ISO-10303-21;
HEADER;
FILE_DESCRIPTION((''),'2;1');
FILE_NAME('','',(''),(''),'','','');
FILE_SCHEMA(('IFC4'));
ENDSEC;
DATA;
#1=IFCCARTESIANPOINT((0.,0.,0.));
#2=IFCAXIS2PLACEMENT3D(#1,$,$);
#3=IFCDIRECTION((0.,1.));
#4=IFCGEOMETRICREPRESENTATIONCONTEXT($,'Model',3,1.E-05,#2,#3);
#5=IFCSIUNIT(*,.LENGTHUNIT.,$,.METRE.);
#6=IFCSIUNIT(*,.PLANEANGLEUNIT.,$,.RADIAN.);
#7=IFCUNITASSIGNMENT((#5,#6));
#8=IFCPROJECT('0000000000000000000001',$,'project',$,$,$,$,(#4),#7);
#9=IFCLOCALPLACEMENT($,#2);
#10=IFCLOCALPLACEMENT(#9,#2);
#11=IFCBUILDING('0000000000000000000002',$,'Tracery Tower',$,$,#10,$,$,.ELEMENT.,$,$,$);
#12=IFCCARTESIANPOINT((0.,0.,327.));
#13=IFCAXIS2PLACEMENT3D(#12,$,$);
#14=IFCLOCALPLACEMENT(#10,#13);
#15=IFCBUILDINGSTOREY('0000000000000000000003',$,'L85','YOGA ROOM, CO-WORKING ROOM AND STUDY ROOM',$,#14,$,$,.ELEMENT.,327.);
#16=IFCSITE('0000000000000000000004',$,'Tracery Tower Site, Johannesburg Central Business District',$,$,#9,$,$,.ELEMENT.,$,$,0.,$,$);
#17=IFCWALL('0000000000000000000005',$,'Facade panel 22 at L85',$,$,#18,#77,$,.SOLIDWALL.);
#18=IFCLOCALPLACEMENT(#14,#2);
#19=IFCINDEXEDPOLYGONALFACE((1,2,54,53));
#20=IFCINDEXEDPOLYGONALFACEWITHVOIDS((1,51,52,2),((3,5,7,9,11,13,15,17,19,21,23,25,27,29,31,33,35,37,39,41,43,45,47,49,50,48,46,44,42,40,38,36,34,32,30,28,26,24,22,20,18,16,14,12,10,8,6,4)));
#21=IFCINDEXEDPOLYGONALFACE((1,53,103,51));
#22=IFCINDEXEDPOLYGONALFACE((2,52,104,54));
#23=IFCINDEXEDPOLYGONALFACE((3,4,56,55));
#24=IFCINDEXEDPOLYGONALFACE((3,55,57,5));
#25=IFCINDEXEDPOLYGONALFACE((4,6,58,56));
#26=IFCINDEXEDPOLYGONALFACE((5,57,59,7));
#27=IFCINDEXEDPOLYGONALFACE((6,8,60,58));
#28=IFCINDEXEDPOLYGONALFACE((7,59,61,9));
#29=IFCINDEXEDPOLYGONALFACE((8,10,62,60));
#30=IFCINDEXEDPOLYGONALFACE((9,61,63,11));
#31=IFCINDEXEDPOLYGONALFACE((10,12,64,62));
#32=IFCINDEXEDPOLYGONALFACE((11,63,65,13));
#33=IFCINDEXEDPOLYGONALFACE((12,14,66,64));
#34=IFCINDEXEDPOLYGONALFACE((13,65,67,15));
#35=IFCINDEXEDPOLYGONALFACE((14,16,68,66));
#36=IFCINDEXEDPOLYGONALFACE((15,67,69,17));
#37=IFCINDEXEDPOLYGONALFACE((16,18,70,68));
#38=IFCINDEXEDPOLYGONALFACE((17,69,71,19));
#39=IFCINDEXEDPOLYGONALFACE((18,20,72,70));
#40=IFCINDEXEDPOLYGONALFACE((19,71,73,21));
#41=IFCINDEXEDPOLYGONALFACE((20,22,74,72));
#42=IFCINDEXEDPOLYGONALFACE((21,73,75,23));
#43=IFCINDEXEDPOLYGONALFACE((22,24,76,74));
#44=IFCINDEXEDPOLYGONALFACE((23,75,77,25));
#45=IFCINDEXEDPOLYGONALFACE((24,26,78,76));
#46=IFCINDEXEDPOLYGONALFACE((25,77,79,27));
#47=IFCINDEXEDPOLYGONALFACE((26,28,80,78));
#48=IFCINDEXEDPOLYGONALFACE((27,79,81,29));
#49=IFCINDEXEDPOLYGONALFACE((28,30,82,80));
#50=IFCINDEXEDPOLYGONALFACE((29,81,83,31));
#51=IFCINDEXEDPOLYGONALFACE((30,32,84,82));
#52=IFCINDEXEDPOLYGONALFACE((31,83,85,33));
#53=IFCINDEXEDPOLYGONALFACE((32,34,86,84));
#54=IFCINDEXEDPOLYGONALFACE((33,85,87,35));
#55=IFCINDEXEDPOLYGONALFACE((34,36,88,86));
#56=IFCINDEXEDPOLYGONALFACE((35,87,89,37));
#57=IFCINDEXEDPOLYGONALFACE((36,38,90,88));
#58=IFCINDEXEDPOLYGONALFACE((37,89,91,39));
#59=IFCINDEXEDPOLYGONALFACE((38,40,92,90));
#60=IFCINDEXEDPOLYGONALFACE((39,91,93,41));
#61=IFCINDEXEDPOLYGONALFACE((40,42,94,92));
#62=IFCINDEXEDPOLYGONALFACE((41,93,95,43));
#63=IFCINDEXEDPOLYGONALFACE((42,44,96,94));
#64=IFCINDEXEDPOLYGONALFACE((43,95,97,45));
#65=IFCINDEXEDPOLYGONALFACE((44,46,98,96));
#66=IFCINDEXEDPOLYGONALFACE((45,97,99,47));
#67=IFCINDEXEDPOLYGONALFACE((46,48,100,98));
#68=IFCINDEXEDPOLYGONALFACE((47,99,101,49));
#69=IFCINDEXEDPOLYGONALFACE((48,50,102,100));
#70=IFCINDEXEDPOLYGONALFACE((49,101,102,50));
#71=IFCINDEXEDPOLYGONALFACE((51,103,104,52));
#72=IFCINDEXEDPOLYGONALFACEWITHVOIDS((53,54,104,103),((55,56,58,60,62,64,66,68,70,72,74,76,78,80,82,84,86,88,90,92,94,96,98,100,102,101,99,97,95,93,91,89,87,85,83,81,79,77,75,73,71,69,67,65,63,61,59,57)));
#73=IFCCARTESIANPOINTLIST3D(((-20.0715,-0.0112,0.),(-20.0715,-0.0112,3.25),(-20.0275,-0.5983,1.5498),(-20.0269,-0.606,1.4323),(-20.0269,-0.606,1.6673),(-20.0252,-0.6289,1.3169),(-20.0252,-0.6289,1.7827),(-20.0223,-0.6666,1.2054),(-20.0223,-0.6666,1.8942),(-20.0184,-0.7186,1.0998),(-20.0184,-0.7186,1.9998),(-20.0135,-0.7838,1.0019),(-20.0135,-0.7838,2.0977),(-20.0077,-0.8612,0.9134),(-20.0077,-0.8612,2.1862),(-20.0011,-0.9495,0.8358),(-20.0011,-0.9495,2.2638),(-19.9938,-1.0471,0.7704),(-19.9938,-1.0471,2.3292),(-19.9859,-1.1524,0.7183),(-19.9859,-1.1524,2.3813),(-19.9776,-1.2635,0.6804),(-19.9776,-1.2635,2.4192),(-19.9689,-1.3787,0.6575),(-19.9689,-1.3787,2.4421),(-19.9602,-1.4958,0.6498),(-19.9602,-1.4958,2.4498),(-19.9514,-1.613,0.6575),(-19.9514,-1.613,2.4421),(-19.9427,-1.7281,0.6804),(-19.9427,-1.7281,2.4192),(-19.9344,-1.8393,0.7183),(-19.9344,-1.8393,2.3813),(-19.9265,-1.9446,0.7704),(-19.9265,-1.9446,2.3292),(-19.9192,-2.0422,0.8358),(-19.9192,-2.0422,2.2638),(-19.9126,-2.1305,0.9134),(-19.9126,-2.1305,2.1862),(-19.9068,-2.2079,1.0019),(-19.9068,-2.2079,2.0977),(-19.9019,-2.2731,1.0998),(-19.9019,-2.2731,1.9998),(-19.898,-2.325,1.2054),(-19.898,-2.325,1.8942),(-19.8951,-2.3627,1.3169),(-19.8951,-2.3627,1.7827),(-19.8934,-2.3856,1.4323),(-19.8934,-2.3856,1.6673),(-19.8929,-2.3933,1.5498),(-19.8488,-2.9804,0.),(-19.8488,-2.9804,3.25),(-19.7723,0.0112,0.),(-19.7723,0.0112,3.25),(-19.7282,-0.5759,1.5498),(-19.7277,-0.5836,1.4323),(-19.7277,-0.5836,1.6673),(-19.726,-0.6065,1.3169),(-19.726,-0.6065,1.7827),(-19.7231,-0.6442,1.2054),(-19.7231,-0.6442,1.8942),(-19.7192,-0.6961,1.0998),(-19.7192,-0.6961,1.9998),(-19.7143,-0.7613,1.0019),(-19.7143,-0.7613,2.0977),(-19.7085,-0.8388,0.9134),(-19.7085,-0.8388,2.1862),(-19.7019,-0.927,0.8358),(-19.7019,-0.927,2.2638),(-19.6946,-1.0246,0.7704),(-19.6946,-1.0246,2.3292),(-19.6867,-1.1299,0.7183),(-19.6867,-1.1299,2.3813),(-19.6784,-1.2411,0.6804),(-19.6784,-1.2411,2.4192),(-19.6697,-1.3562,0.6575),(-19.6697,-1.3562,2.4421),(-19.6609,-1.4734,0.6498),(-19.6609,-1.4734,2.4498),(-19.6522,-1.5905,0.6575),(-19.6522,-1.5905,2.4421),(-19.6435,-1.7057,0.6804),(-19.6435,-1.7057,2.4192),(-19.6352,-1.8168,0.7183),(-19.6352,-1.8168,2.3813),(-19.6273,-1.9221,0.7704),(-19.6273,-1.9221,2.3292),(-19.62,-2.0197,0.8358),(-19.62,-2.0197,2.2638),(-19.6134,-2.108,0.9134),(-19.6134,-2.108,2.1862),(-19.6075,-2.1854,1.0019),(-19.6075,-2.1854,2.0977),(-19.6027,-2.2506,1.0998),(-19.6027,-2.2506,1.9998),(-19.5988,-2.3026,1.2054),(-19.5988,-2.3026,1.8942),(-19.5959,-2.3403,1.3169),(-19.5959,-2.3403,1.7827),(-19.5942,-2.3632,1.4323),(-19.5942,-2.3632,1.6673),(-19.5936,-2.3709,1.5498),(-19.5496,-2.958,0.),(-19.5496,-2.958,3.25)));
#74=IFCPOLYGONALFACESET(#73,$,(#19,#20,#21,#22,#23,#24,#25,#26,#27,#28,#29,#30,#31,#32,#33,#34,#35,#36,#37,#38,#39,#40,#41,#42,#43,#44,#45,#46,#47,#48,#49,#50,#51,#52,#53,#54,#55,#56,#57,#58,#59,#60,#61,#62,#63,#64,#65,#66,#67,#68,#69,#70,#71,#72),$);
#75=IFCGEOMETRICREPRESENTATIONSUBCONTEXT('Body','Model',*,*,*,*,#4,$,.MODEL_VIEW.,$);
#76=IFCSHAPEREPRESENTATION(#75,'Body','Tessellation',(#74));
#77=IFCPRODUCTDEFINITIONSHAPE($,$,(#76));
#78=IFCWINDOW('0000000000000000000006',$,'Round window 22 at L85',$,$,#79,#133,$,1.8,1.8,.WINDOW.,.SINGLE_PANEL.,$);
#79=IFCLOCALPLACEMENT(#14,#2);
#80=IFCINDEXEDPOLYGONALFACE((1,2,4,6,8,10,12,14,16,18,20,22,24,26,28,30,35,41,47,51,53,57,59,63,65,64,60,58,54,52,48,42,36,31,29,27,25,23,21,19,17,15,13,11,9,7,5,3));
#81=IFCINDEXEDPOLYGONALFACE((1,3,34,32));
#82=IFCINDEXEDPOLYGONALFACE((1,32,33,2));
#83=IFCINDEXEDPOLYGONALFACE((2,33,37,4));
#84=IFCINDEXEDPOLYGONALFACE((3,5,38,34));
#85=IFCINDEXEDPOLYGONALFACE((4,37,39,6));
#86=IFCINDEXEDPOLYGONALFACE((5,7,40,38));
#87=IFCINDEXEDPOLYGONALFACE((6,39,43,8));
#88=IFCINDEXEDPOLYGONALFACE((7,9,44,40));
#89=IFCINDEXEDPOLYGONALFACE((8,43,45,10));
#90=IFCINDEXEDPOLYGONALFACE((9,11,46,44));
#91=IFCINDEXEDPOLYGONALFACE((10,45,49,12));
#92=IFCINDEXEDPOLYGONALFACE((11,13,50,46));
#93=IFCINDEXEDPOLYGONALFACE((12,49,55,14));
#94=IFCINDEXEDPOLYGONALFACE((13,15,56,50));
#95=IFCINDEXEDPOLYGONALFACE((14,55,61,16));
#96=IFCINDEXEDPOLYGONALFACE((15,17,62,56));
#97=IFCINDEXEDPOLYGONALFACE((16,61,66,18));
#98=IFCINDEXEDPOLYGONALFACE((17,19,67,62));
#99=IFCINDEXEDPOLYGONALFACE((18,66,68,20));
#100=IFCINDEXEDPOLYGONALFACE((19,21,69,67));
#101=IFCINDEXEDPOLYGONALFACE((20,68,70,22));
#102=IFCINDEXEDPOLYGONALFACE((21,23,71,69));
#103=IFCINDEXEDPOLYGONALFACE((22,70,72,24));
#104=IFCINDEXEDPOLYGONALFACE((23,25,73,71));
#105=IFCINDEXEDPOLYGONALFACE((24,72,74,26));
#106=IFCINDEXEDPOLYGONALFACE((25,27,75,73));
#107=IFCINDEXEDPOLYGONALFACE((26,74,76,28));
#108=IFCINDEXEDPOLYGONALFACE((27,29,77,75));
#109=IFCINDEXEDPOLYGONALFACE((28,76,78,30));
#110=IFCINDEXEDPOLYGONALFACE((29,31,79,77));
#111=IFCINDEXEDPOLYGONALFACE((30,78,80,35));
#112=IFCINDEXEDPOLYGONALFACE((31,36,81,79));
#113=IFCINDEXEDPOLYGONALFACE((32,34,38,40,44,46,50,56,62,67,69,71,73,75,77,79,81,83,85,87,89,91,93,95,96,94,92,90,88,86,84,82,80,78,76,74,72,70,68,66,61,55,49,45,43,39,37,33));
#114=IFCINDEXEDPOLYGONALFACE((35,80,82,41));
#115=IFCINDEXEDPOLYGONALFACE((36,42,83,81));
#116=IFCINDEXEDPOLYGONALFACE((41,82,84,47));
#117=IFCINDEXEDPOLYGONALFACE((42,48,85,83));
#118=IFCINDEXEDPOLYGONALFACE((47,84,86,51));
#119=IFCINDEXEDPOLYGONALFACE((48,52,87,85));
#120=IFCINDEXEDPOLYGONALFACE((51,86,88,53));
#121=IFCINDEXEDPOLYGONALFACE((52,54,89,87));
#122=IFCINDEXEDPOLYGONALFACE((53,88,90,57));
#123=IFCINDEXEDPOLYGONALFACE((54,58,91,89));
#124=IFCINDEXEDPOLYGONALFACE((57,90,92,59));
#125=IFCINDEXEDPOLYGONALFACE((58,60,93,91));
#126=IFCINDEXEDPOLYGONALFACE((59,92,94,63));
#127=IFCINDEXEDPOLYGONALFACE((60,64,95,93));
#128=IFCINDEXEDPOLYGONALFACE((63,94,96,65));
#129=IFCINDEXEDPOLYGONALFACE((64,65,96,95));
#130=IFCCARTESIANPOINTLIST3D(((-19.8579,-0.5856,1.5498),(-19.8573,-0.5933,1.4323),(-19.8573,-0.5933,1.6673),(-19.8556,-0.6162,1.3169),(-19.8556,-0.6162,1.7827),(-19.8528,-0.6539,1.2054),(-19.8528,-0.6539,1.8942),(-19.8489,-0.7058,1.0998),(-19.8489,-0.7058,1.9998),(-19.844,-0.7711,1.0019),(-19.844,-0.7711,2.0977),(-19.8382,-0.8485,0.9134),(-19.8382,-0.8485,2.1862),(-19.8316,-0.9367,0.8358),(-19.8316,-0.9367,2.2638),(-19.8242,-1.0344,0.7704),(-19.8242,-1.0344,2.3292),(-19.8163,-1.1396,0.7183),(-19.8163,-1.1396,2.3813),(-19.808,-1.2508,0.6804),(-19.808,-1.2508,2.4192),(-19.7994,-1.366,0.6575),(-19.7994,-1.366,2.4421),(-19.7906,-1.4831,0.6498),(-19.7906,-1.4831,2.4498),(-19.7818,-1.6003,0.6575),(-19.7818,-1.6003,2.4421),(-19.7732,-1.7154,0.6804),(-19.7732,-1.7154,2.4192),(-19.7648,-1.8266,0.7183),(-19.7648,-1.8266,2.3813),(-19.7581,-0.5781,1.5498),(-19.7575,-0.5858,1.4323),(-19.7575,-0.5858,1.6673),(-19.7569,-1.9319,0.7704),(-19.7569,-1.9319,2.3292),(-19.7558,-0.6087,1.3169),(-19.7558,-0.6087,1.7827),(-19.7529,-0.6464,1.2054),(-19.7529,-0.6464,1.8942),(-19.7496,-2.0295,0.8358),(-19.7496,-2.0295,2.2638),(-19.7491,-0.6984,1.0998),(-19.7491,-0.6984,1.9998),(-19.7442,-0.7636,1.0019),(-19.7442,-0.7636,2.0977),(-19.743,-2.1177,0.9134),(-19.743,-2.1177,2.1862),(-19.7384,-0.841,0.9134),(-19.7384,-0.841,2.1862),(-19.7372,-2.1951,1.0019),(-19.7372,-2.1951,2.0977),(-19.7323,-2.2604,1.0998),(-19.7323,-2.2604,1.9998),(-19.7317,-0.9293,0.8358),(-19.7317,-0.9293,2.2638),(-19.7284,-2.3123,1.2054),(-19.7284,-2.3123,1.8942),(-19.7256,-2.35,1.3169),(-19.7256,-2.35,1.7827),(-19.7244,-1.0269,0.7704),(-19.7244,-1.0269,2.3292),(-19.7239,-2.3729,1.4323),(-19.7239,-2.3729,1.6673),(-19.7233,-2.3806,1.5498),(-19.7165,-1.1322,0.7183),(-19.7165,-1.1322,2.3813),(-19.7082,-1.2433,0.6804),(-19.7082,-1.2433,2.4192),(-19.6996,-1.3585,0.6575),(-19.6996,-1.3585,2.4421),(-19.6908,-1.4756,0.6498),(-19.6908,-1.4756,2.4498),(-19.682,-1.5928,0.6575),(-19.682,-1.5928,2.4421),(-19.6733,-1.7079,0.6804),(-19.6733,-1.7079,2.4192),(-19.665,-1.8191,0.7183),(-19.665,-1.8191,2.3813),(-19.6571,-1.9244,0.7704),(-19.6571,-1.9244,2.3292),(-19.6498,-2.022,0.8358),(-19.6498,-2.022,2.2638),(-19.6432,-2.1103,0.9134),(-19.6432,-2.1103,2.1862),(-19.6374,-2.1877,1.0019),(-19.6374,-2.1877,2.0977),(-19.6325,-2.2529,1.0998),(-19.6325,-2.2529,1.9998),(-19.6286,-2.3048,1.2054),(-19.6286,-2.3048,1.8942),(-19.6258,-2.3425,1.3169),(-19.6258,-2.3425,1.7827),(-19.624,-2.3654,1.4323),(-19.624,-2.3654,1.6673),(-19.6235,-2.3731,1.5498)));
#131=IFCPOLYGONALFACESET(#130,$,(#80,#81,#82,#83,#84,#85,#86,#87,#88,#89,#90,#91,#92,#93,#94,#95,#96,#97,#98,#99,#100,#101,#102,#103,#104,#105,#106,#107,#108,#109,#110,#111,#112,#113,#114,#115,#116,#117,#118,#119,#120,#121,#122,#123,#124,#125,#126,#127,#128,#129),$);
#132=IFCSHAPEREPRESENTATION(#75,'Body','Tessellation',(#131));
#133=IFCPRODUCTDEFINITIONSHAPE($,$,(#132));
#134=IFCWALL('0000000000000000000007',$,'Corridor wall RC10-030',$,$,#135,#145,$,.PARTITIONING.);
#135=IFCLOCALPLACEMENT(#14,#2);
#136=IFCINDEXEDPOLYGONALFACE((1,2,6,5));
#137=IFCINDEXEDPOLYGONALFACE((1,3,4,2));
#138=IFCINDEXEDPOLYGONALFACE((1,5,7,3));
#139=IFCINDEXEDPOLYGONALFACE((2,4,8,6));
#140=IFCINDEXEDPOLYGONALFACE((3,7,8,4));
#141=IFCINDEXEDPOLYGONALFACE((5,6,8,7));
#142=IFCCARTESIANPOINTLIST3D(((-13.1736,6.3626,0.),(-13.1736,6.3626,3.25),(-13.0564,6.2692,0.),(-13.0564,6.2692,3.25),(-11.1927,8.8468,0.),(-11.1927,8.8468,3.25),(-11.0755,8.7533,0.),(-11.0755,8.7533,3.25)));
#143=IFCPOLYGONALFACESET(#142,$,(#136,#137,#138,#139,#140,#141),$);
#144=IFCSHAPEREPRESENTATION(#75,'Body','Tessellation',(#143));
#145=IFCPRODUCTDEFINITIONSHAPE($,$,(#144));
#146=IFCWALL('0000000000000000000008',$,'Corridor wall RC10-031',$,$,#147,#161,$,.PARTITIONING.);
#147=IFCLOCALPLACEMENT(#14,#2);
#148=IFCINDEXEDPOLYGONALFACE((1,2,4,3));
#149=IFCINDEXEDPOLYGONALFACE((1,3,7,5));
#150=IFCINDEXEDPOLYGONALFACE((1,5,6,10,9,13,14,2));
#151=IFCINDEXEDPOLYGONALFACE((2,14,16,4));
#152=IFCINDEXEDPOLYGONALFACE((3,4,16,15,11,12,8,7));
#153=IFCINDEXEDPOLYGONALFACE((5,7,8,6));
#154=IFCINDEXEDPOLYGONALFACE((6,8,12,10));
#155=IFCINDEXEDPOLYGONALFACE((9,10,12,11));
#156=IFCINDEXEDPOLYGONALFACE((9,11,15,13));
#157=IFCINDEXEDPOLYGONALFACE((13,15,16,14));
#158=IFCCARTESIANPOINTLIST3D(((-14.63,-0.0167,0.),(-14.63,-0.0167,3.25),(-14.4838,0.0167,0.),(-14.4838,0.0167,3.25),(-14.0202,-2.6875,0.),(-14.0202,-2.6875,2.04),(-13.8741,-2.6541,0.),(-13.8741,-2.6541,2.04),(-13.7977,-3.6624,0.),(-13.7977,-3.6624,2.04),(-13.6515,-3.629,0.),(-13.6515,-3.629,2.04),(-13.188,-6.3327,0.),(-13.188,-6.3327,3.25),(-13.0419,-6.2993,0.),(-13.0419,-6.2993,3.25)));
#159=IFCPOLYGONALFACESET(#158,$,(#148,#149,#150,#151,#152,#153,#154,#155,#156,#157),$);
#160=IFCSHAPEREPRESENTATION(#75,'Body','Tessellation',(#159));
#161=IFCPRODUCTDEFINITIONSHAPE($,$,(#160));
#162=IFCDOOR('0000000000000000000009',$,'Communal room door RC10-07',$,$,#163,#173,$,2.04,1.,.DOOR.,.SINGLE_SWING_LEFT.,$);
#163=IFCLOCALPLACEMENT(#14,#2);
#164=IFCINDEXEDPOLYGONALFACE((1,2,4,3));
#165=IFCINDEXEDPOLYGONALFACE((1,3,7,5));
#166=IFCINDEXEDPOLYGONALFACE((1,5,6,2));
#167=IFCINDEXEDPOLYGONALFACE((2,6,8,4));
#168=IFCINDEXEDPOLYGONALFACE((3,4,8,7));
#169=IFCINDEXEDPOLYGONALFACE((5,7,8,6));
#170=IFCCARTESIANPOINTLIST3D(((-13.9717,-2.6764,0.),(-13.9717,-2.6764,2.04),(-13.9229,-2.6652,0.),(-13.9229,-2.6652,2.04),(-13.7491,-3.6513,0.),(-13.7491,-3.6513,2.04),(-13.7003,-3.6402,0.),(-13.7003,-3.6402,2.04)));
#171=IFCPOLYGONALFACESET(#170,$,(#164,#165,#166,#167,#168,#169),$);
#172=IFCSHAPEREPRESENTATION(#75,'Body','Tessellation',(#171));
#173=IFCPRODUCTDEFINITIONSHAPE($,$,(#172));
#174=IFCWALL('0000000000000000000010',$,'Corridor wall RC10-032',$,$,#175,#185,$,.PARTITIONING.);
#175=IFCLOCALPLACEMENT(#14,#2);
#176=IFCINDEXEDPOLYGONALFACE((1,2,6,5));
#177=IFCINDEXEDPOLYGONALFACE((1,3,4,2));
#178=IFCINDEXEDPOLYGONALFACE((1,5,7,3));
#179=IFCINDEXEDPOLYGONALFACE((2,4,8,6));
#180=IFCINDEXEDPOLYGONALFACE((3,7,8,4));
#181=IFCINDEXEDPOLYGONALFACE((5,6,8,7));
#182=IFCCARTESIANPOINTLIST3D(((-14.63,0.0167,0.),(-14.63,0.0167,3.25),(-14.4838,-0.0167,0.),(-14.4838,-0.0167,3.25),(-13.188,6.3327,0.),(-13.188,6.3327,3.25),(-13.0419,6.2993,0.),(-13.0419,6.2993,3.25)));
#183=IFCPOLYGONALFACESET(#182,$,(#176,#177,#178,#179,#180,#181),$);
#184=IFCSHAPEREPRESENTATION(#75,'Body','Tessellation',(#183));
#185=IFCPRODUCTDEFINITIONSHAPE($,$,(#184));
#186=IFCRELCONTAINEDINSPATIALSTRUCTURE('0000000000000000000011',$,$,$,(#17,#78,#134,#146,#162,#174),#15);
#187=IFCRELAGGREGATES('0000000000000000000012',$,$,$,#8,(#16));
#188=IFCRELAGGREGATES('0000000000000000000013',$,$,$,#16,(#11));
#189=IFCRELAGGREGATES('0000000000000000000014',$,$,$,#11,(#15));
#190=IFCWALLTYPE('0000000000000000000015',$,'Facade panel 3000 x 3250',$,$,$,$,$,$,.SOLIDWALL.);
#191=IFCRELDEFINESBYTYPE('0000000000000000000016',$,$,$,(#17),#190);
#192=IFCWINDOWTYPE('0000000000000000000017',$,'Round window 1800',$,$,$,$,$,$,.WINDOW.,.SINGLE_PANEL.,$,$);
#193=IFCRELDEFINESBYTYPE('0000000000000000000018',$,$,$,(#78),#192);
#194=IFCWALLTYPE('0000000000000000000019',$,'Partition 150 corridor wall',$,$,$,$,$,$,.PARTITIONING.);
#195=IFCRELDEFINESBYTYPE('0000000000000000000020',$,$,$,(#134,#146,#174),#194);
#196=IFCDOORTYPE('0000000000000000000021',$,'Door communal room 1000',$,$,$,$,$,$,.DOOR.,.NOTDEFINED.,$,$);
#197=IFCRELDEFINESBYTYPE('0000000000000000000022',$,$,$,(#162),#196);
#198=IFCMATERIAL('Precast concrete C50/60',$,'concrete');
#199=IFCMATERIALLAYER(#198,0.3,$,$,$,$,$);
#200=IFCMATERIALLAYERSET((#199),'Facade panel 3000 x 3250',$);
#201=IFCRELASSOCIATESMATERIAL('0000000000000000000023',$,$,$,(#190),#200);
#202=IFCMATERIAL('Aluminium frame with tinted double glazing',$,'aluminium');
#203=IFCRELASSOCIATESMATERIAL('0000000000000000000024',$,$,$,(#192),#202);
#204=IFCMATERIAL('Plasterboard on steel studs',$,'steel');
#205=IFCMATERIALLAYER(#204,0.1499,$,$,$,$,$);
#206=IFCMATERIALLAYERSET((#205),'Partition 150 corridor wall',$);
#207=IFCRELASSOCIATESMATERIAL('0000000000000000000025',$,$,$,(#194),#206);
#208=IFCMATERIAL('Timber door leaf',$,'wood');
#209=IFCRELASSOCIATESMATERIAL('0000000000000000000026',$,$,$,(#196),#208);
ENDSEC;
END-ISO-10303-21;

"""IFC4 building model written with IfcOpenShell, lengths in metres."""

from ifc_helpers import new_model, si_unit, direction, frame, frame_2d, origin, origin_2d, place, context, subcontext, project, spatial, rectangle, circle, extrude, material, layer, layer_set, type_object, element, fill, save


model = new_model("IFC4")

# Units and contexts
model_context = context("Model", 3, precision=1e-05, world=origin(), true_north=direction((0.0, 1.0)))
body_context = subcontext(model_context, "Body", "Model", "MODEL_VIEW")
ifc_project = project(units=[si_unit("LENGTHUNIT", "METRE"), si_unit("PLANEANGLEUNIT", "RADIAN")], contexts=[model_context])

# Site, building, storey
site_placement = place(None, origin())
site = spatial("IfcSite", under=ifc_project, at=site_placement, Name="Tracery Tower Site, Johannesburg Central Business District", CompositionType="ELEMENT", RefElevation=0.0)
building_placement = place(site_placement, origin())
building = spatial("IfcBuilding", under=site, at=building_placement, Name="Tracery Tower", CompositionType="ELEMENT")
storey_placement = place(building_placement, frame((0.0, 0.0, 327.0)))
storey = spatial("IfcBuildingStorey", under=building, at=storey_placement, Name="L85", Description="YOGA ROOM, CO-WORKING ROOM AND STUDY ROOM", CompositionType="ELEMENT", Elevation=327.0)

# Wall, opening, window
ifc_material_1 = material(Name="Precast concrete C50/60", Category="concrete")
ifc_layer_1 = layer(ifc_material_1, 0.3)
ifc_layer_set_1 = layer_set([ifc_layer_1], Name="Facade panel 3000 x 3250")
wall_type_1 = type_object("IfcWallType", Name="Facade panel 3000 x 3250", PredefinedType="SOLIDWALL", material=ifc_layer_set_1)
ifc_material_2 = material(Name="Aluminium frame with tinted double glazing", Category="aluminium")
window_type = type_object("IfcWindowType", Name="Round window 1800", PartitioningType="SINGLE_PANEL", PredefinedType="WINDOW", material=ifc_material_2)
wall_1_placement = place(storey_placement, frame((-19.9219, 0.0, 0.0), z_axis=(0.0, 0.0, 1.0), x_axis=(0.074778, -0.9972, 0.0)))
wall_1 = element("IfcWall", 1, at=wall_1_placement, inside=storey, type_object=wall_type_1, Name="Facade panel 22 at L85", PredefinedType="SOLIDWALL", context=body_context, shape_type="SweptSolid", body=[
    extrude(rectangle(XDim=2.9775, YDim=0.3, at=frame_2d((1.4888, 0.0))), origin(), (0.0, 0.0, 1.0), 3.25),
])
opening_1_placement = place(wall_1_placement, frame((1.4888, 0.0, 1.5498)))
opening_1 = element("IfcOpeningElement", 2, at=opening_1_placement, cuts=wall_1, PredefinedType="OPENING", context=body_context, shape_type="SweptSolid", body=[
    extrude(circle(Radius=0.9, at=origin_2d()), frame((0.0, 0.1599, 0.0), z_axis=(0.0, -1.0, 0.0), x_axis=(1.0, 0.0, 0.0)), (0.0, 0.0, 1.0), 0.3201),
])
window_1_placement = place(opening_1_placement, origin())
window_1 = element("IfcWindow", 3, at=window_1_placement, inside=storey, type_object=window_type, Name="Round window 22 at L85", OverallHeight=1.8, OverallWidth=1.8, PartitioningType="SINGLE_PANEL", PredefinedType="WINDOW", context=body_context, shape_type="SweptSolid", body=[
    extrude(circle(Radius=0.9, at=origin_2d()), frame((0.0, 0.1201, 0.0), z_axis=(0.0, -1.0, 0.0), x_axis=(1.0, 0.0, 0.0)), (0.0, 0.0, 1.0), 0.1001),
])
fill(opening_1, window_1)

# Wall
ifc_material_3 = material(Name="Plasterboard on steel studs", Category="steel")
ifc_layer_2 = layer(ifc_material_3, 0.1499)
ifc_layer_set_2 = layer_set([ifc_layer_2], Name="Partition 150 corridor wall")
wall_type_2 = type_object("IfcWallType", Name="Partition 150 corridor wall", PredefinedType="PARTITIONING", material=ifc_layer_set_2)
wall_2_placement = place(storey_placement, frame((-13.115, 6.3159, 0.0), z_axis=(0.0, 0.0, 1.0), x_axis=(0.623476, 0.781842, 0.0)))
element("IfcWall", 4, at=wall_2_placement, inside=storey, type_object=wall_type_2, Name="Corridor wall RC10-030", PredefinedType="PARTITIONING", context=body_context, shape_type="SweptSolid", body=[
    extrude(rectangle(XDim=3.1772, YDim=0.1499, at=frame_2d((1.5886, 0.0))), origin(), (0.0, 0.0, 1.0), 3.25),
])

# Wall, opening, door
wall_3_placement = place(storey_placement, frame((-14.5569, 0.0, 0.0), z_axis=(0.0, 0.0, 1.0), x_axis=(0.222569, -0.974917, 0.0)))
wall_3 = element("IfcWall", 5, at=wall_3_placement, inside=storey, type_object=wall_type_2, Name="Corridor wall RC10-031", PredefinedType="PARTITIONING", context=body_context, shape_type="SweptSolid", body=[
    extrude(rectangle(XDim=6.4785, YDim=0.1499, at=frame_2d((3.2393, 0.0))), origin(), (0.0, 0.0, 1.0), 3.25),
])
opening_2_placement = place(wall_3_placement, frame((2.7395, 0.0, 0.0)))
opening_2 = element("IfcOpeningElement", 6, at=opening_2_placement, cuts=wall_3, PredefinedType="OPENING", context=body_context, shape_type="SweptSolid", body=[
    extrude(rectangle(XDim=1.0, YDim=2.04, at=frame_2d((0.5, 1.02))), frame((0.0, 0.075, 0.0), z_axis=(0.0, -1.0, 0.0), x_axis=(1.0, 0.0, 0.0)), (0.0, 0.0, 1.0), 0.1499),
])
ifc_material_4 = material(Name="Timber door leaf", Category="wood")
door_type_1 = type_object("IfcDoorType", Name="Door communal room 1000", OperationType="NOTDEFINED", PredefinedType="DOOR", material=ifc_material_4)
door_1_placement = place(opening_2_placement, origin())
door_1 = element("IfcDoor", 7, at=door_1_placement, inside=storey, type_object=door_type_1, Name="Communal room door RC10-07", OperationType="SINGLE_SWING_LEFT", OverallHeight=2.04, OverallWidth=1.0, PredefinedType="DOOR", context=body_context, shape_type="SweptSolid", body=[
    extrude(rectangle(XDim=1.0, YDim=2.04, at=frame_2d((0.5, 1.02))), frame((0.0, 0.0249, 0.0), z_axis=(0.0, -1.0, 0.0), x_axis=(1.0, 0.0, 0.0)), (0.0, 0.0, 1.0), 0.05),
])
fill(opening_2, door_1)

# Wall
wall_4_placement = place(storey_placement, frame((-14.5569, 0.0, 0.0), z_axis=(0.0, 0.0, 1.0), x_axis=(0.222569, 0.974917, 0.0)))
element("IfcWall", 8, at=wall_4_placement, inside=storey, type_object=wall_type_2, Name="Corridor wall RC10-032", PredefinedType="PARTITIONING", context=body_context, shape_type="SweptSolid", body=[
    extrude(rectangle(XDim=6.4785, YDim=0.1499, at=frame_2d((3.2393, 0.0))), origin(), (0.0, 0.0, 1.0), 3.25),
])

save(model, "model.ifc")
